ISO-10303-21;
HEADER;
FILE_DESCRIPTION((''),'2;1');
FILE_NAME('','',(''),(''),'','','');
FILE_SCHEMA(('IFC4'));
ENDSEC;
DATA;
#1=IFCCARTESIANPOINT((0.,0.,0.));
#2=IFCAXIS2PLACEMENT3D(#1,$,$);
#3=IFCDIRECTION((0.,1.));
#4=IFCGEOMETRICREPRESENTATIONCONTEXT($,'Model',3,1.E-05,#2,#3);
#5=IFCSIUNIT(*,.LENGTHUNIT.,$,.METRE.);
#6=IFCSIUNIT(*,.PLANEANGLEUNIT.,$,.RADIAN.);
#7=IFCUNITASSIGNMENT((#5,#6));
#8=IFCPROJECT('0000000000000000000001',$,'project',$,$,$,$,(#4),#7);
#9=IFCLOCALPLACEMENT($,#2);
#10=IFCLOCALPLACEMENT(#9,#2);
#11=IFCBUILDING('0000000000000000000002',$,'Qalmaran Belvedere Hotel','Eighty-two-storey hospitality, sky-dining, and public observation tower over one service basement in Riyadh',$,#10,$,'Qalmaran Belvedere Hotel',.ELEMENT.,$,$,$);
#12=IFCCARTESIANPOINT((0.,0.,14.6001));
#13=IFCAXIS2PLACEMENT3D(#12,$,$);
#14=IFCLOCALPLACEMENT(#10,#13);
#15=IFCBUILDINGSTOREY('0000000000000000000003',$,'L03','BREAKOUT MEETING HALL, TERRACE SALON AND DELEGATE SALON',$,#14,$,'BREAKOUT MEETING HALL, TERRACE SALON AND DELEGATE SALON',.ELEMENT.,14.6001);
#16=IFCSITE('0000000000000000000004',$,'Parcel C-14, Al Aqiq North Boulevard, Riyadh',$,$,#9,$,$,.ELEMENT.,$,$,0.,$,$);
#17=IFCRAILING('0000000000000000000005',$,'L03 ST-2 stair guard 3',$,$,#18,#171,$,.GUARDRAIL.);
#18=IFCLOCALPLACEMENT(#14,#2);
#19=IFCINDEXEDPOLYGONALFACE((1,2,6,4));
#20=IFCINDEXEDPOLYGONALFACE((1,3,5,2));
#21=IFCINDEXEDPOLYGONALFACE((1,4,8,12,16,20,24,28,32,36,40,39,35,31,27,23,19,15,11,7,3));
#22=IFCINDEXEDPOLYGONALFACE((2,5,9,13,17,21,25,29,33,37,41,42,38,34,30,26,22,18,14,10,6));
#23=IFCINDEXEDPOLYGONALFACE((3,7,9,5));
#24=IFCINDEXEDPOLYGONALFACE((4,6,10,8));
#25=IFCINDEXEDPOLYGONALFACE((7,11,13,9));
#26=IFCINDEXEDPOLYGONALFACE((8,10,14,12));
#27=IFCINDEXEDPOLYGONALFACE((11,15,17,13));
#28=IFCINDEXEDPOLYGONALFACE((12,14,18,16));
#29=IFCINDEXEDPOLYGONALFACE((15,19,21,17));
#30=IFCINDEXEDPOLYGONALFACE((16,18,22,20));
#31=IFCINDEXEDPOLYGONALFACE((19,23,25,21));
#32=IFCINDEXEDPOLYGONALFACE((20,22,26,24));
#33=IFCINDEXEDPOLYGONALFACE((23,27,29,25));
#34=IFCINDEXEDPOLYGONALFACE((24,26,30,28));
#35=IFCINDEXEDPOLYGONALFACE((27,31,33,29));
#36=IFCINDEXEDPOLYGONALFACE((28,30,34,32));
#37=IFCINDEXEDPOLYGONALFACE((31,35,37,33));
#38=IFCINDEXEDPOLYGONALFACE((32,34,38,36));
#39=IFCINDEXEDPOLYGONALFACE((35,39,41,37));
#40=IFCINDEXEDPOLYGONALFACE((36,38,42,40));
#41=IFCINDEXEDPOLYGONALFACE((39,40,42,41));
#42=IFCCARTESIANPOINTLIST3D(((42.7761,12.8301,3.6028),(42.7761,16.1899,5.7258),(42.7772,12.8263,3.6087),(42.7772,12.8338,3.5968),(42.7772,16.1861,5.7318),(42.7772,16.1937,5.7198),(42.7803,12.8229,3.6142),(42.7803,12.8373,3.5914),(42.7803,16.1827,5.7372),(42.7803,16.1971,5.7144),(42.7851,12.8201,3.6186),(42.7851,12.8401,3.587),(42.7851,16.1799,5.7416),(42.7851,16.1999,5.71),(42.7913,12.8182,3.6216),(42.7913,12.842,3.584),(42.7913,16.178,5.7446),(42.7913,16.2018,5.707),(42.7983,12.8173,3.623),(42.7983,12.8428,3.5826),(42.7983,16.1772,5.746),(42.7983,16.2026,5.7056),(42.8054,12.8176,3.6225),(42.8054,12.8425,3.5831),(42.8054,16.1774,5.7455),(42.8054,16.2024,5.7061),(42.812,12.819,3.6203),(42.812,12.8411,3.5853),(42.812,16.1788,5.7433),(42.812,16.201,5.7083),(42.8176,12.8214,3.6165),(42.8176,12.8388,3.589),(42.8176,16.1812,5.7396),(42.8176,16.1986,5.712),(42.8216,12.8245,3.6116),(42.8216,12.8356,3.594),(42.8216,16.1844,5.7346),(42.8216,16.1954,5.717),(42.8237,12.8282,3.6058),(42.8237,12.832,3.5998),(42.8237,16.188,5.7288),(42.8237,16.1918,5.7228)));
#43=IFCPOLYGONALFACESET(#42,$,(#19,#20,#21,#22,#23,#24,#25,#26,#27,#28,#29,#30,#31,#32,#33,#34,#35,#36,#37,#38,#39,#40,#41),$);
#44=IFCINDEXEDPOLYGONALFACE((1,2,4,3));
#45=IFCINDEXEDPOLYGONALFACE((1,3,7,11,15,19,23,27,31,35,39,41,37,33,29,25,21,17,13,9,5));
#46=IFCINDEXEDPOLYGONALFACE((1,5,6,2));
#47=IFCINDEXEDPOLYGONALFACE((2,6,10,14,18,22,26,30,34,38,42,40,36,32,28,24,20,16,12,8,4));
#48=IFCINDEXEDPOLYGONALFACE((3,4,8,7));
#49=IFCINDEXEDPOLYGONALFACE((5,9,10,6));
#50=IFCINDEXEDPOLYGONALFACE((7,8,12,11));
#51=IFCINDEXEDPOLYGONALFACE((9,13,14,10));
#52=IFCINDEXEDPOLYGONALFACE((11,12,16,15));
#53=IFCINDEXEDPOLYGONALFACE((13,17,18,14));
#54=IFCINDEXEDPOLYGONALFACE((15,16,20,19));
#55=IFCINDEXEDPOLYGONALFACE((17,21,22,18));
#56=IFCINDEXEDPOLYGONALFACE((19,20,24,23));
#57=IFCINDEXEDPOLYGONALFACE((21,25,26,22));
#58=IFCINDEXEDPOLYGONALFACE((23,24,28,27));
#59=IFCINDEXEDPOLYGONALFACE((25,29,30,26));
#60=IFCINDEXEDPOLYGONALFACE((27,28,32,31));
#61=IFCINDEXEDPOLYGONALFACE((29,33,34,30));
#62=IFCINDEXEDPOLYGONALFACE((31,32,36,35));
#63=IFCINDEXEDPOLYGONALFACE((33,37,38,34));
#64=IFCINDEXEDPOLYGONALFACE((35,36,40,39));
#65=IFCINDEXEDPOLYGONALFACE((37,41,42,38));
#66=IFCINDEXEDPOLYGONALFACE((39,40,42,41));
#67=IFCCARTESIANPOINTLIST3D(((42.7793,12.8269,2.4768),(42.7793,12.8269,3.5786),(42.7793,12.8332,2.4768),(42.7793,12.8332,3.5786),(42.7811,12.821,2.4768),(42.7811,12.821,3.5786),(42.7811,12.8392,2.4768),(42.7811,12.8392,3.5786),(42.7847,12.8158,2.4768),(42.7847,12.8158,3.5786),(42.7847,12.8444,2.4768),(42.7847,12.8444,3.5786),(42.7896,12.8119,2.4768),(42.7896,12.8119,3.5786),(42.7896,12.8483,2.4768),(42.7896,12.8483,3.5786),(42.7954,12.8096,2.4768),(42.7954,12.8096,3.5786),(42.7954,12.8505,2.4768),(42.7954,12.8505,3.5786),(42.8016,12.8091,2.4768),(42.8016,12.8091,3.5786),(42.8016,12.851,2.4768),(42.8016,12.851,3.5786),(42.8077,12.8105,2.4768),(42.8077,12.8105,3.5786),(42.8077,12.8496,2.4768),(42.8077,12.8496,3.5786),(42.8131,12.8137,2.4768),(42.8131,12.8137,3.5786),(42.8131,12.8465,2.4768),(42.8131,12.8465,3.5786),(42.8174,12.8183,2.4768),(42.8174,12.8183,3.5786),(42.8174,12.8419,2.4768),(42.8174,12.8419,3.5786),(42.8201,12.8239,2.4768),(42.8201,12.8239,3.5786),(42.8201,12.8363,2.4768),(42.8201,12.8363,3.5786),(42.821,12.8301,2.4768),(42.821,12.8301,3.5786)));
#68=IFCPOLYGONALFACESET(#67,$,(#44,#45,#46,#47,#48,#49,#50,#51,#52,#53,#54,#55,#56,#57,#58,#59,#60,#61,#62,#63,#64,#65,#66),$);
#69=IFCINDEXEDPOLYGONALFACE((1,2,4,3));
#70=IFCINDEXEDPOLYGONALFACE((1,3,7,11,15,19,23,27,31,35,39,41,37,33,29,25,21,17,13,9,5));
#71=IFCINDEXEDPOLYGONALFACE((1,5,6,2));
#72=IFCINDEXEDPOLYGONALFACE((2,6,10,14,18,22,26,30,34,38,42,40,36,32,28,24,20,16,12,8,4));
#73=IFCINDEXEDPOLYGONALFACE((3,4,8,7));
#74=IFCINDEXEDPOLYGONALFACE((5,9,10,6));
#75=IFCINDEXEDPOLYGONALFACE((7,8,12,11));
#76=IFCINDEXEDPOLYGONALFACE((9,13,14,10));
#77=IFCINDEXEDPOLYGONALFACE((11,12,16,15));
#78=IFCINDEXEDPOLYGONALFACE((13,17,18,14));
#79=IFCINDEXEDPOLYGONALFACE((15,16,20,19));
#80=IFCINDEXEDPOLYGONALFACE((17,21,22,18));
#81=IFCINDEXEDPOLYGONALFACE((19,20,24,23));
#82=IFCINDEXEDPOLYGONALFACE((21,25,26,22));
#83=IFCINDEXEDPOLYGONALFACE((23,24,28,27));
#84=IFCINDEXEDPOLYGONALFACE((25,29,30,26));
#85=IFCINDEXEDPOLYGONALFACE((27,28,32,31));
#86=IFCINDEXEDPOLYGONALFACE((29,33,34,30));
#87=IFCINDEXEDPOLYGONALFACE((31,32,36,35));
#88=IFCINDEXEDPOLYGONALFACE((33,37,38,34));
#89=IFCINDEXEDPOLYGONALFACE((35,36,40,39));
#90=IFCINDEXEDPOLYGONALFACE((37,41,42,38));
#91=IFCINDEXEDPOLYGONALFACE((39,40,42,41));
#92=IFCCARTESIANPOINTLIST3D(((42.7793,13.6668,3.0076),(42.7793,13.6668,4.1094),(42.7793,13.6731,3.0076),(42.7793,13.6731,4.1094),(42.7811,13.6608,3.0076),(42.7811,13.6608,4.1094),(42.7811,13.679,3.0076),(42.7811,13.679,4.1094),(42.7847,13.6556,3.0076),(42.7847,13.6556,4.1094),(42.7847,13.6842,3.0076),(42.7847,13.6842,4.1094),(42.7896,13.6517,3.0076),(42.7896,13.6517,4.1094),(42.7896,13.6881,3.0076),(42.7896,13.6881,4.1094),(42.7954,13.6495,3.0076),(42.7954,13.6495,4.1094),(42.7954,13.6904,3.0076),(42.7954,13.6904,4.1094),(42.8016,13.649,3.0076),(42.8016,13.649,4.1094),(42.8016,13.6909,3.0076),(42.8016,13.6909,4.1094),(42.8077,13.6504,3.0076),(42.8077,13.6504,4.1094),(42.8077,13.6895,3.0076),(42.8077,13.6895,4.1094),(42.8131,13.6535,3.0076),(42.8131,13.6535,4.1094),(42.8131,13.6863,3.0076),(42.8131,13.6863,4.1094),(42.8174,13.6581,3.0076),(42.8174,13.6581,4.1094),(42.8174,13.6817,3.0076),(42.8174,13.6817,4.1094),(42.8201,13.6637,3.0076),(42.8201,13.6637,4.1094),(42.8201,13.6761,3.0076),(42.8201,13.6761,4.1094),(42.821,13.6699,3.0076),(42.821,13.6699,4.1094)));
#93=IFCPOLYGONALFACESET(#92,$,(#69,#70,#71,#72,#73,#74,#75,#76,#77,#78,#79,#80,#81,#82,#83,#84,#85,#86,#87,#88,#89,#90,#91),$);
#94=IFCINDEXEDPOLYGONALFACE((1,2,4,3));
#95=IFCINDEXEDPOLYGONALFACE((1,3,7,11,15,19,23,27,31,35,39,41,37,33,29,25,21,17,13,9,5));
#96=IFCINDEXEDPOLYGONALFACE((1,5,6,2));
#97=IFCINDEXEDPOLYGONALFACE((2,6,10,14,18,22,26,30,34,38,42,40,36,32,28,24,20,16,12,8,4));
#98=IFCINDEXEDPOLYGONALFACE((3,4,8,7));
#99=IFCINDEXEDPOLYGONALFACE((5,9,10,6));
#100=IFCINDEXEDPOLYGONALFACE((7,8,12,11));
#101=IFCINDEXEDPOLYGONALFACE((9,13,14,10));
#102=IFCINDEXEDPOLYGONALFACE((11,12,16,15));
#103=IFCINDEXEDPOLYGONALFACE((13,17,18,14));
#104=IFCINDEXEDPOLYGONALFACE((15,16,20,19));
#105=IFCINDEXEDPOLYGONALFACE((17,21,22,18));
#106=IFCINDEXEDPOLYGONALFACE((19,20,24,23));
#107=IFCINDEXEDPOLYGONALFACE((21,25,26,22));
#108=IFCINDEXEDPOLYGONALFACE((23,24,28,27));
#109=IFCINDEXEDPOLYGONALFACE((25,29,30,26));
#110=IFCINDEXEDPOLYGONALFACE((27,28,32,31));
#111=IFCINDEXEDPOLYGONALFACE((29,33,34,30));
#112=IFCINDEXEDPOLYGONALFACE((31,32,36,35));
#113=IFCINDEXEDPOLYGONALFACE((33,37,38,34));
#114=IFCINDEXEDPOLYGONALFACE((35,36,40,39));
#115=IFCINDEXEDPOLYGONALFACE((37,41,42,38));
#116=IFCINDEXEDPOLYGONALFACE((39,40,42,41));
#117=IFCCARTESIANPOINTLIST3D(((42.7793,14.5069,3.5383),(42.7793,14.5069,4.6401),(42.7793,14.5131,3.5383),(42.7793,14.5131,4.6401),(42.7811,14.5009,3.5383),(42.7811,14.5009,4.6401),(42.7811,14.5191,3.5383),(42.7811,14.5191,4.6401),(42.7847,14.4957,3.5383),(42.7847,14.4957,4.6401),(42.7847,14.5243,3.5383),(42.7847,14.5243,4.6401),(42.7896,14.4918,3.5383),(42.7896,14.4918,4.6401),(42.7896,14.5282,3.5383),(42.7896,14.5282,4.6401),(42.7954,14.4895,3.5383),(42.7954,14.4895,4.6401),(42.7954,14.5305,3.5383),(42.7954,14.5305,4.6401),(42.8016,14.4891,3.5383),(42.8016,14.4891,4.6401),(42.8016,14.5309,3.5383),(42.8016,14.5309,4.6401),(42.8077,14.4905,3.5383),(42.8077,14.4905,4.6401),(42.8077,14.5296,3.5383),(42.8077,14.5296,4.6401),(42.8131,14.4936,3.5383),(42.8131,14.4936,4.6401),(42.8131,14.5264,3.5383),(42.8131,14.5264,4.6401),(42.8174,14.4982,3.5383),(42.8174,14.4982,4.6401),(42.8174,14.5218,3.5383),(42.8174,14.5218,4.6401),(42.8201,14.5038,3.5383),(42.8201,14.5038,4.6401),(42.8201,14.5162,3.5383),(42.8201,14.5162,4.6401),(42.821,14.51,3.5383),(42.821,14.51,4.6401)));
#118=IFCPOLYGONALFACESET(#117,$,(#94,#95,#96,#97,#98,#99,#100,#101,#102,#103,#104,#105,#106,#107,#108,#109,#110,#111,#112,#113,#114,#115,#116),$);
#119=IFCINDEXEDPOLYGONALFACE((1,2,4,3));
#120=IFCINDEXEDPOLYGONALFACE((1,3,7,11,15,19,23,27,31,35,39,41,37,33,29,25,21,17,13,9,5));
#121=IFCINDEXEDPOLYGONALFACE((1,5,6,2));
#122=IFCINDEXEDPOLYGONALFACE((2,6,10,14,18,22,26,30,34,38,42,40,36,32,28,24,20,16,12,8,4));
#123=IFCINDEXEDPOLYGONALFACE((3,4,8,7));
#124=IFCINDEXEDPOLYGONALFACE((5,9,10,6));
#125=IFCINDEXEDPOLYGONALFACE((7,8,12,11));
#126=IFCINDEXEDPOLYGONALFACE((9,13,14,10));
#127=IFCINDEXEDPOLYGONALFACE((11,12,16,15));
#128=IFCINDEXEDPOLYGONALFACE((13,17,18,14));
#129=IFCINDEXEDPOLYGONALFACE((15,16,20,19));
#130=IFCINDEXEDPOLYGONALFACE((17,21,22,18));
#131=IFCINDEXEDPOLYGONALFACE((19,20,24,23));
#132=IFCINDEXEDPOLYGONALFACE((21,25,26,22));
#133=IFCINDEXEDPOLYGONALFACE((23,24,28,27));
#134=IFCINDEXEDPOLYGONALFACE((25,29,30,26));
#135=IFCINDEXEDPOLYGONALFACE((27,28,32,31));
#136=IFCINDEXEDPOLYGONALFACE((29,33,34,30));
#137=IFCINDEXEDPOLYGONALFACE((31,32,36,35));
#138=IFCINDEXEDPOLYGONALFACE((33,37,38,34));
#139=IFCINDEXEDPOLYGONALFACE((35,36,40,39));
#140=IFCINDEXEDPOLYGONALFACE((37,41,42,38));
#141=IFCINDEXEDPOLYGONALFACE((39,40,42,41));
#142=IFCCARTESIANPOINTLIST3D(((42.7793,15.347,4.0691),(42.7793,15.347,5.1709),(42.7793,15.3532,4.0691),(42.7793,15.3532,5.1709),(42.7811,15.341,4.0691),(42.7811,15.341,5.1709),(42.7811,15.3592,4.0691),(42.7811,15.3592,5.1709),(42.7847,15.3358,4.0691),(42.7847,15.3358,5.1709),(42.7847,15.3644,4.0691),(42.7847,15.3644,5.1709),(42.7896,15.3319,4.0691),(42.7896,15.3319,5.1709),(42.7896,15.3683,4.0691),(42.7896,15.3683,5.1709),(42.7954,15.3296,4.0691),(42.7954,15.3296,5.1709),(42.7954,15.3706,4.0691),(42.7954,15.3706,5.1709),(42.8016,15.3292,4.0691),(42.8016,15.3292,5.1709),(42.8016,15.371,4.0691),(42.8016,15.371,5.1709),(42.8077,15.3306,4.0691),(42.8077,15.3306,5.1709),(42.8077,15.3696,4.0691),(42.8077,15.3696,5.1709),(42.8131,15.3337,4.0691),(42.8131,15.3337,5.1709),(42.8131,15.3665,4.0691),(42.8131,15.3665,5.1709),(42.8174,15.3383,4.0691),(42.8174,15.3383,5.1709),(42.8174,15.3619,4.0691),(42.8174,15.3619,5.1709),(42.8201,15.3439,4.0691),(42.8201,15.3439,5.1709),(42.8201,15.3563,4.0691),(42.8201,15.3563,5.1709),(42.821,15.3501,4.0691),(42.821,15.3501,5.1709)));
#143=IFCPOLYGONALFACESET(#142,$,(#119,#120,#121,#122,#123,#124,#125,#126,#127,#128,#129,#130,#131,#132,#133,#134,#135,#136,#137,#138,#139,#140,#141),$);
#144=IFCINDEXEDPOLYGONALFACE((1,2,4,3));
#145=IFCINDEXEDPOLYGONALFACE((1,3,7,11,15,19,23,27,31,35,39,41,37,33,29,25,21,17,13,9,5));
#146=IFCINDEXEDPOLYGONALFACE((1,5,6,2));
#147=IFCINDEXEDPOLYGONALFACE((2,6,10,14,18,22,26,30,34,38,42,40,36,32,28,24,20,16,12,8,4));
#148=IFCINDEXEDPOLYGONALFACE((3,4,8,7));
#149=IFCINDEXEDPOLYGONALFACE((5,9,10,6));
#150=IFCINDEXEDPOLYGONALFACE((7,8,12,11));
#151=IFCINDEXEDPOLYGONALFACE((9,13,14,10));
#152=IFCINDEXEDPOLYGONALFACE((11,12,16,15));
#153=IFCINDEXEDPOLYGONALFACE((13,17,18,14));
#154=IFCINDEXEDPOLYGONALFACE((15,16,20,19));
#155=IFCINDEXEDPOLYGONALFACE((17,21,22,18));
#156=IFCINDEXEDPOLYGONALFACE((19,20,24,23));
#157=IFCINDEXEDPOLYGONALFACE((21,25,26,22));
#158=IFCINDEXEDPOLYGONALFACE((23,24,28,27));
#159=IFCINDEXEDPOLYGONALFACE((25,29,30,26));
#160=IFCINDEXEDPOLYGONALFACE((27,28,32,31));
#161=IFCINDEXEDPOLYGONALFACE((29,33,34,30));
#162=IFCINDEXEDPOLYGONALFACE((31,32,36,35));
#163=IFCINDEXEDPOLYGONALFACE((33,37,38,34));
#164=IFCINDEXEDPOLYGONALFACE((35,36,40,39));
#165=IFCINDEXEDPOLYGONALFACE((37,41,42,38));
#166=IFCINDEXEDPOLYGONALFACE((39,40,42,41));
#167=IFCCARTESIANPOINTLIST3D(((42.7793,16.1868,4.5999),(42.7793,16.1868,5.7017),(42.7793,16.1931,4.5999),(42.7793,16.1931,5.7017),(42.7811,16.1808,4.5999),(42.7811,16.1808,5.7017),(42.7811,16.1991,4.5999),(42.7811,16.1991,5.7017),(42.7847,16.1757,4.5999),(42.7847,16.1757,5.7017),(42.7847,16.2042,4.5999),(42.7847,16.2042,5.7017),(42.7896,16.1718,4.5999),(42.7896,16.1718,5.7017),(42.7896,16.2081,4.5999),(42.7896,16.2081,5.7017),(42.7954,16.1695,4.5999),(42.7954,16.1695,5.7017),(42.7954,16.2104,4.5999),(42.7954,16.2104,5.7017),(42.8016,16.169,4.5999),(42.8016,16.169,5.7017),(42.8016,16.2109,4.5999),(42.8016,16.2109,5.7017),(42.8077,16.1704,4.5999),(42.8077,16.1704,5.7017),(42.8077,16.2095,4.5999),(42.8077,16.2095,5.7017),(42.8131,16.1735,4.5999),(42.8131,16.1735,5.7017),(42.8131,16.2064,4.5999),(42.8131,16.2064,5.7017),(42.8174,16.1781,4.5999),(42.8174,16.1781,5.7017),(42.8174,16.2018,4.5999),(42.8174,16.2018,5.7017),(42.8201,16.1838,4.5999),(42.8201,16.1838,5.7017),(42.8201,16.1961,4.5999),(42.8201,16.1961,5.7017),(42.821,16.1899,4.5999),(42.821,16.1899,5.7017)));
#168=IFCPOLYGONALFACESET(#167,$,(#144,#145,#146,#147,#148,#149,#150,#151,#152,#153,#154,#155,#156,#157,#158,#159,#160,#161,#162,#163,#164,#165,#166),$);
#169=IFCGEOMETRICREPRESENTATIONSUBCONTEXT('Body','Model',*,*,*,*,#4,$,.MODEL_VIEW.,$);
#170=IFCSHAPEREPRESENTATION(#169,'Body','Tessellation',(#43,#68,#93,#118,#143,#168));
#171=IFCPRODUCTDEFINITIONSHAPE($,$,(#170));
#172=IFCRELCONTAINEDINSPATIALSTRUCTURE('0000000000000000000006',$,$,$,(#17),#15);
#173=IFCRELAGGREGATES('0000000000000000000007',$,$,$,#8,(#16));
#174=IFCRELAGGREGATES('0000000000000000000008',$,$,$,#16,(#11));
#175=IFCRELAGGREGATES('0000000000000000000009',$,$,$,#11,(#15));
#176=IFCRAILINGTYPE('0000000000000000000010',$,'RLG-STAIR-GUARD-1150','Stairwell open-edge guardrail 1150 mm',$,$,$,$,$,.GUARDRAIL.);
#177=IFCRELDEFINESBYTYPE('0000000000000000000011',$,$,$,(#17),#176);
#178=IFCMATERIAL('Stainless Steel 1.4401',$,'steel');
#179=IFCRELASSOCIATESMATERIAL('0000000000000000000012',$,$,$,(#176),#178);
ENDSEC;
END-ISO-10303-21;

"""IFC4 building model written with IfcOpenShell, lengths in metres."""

from ifc_helpers import new_model, si_unit, direction, frame, origin, origin_2d, place, context, subcontext, project, spatial, circle, extrude, material, type_object, element, save


model = new_model("IFC4")

# Units and contexts
model_context = context("Model", 3, precision=1e-05, world=origin(), true_north=direction((0.0, 1.0)))
body_context = subcontext(model_context, "Body", "Model", "MODEL_VIEW")
ifc_project = project(units=[si_unit("LENGTHUNIT", "METRE"), si_unit("PLANEANGLEUNIT", "RADIAN")], contexts=[model_context])

# Site, building, storey
site_placement = place(None, origin())
site = spatial("IfcSite", under=ifc_project, at=site_placement, Name="Parcel C-14, Al Aqiq North Boulevard, Riyadh", CompositionType="ELEMENT", RefElevation=0.0)
building_placement = place(site_placement, origin())
building = spatial("IfcBuilding", under=site, at=building_placement, Name="Qalmaran Belvedere Hotel", Description="Eighty-two-storey hospitality, sky-dining, and public observation tower over one service basement in Riyadh", LongName="Qalmaran Belvedere Hotel", CompositionType="ELEMENT")
storey_placement = place(building_placement, frame((0.0, 0.0, 14.6001)))
storey = spatial("IfcBuildingStorey", under=building, at=storey_placement, Name="L03", Description="BREAKOUT MEETING HALL, TERRACE SALON AND DELEGATE SALON", LongName="BREAKOUT MEETING HALL, TERRACE SALON AND DELEGATE SALON", CompositionType="ELEMENT", Elevation=14.6001)

# Railing
ifc_material_1 = material(Name="Stainless Steel 1.4401", Category="steel")
railing_type_1 = type_object("IfcRailingType", Name="RLG-STAIR-GUARD-1150", Description="Stairwell open-edge guardrail 1150 mm", PredefinedType="GUARDRAIL", material=ifc_material_1)
railing_1_placement = place(storey_placement, frame((42.8, 12.8301, 2.4768)))
element("IfcRailing", 1, at=railing_1_placement, inside=storey, type_object=railing_type_1, Name="L03 ST-2 stair guard 3", PredefinedType="GUARDRAIL", context=body_context, shape_type="SweptSolid", body=[
    extrude(circle(Radius=0.0239, at=origin_2d()), frame((0.0, 0.0, 1.126), z_axis=(0.0, 0.845372, 0.534178), x_axis=(-1.0, 0.0, 0.0)), (0.0, 0.0, 1.0), 3.9744),
    extrude(circle(Radius=0.021, at=origin_2d()), origin(), (0.0, 0.0, 1.0), 1.1018),
    extrude(circle(Radius=0.021, at=origin_2d()), frame((0.0, 0.8398, 0.5308)), (0.0, 0.0, 1.0), 1.1018),
    extrude(circle(Radius=0.021, at=origin_2d()), frame((0.0, 1.6799, 1.0615)), (0.0, 0.0, 1.0), 1.1018),
    extrude(circle(Radius=0.021, at=origin_2d()), frame((0.0, 2.52, 1.5923)), (0.0, 0.0, 1.0), 1.1018),
    extrude(circle(Radius=0.021, at=origin_2d()), frame((0.0, 3.3599, 2.123)), (0.0, 0.0, 1.0), 1.1018),
])

save(model, "model.ifc")
